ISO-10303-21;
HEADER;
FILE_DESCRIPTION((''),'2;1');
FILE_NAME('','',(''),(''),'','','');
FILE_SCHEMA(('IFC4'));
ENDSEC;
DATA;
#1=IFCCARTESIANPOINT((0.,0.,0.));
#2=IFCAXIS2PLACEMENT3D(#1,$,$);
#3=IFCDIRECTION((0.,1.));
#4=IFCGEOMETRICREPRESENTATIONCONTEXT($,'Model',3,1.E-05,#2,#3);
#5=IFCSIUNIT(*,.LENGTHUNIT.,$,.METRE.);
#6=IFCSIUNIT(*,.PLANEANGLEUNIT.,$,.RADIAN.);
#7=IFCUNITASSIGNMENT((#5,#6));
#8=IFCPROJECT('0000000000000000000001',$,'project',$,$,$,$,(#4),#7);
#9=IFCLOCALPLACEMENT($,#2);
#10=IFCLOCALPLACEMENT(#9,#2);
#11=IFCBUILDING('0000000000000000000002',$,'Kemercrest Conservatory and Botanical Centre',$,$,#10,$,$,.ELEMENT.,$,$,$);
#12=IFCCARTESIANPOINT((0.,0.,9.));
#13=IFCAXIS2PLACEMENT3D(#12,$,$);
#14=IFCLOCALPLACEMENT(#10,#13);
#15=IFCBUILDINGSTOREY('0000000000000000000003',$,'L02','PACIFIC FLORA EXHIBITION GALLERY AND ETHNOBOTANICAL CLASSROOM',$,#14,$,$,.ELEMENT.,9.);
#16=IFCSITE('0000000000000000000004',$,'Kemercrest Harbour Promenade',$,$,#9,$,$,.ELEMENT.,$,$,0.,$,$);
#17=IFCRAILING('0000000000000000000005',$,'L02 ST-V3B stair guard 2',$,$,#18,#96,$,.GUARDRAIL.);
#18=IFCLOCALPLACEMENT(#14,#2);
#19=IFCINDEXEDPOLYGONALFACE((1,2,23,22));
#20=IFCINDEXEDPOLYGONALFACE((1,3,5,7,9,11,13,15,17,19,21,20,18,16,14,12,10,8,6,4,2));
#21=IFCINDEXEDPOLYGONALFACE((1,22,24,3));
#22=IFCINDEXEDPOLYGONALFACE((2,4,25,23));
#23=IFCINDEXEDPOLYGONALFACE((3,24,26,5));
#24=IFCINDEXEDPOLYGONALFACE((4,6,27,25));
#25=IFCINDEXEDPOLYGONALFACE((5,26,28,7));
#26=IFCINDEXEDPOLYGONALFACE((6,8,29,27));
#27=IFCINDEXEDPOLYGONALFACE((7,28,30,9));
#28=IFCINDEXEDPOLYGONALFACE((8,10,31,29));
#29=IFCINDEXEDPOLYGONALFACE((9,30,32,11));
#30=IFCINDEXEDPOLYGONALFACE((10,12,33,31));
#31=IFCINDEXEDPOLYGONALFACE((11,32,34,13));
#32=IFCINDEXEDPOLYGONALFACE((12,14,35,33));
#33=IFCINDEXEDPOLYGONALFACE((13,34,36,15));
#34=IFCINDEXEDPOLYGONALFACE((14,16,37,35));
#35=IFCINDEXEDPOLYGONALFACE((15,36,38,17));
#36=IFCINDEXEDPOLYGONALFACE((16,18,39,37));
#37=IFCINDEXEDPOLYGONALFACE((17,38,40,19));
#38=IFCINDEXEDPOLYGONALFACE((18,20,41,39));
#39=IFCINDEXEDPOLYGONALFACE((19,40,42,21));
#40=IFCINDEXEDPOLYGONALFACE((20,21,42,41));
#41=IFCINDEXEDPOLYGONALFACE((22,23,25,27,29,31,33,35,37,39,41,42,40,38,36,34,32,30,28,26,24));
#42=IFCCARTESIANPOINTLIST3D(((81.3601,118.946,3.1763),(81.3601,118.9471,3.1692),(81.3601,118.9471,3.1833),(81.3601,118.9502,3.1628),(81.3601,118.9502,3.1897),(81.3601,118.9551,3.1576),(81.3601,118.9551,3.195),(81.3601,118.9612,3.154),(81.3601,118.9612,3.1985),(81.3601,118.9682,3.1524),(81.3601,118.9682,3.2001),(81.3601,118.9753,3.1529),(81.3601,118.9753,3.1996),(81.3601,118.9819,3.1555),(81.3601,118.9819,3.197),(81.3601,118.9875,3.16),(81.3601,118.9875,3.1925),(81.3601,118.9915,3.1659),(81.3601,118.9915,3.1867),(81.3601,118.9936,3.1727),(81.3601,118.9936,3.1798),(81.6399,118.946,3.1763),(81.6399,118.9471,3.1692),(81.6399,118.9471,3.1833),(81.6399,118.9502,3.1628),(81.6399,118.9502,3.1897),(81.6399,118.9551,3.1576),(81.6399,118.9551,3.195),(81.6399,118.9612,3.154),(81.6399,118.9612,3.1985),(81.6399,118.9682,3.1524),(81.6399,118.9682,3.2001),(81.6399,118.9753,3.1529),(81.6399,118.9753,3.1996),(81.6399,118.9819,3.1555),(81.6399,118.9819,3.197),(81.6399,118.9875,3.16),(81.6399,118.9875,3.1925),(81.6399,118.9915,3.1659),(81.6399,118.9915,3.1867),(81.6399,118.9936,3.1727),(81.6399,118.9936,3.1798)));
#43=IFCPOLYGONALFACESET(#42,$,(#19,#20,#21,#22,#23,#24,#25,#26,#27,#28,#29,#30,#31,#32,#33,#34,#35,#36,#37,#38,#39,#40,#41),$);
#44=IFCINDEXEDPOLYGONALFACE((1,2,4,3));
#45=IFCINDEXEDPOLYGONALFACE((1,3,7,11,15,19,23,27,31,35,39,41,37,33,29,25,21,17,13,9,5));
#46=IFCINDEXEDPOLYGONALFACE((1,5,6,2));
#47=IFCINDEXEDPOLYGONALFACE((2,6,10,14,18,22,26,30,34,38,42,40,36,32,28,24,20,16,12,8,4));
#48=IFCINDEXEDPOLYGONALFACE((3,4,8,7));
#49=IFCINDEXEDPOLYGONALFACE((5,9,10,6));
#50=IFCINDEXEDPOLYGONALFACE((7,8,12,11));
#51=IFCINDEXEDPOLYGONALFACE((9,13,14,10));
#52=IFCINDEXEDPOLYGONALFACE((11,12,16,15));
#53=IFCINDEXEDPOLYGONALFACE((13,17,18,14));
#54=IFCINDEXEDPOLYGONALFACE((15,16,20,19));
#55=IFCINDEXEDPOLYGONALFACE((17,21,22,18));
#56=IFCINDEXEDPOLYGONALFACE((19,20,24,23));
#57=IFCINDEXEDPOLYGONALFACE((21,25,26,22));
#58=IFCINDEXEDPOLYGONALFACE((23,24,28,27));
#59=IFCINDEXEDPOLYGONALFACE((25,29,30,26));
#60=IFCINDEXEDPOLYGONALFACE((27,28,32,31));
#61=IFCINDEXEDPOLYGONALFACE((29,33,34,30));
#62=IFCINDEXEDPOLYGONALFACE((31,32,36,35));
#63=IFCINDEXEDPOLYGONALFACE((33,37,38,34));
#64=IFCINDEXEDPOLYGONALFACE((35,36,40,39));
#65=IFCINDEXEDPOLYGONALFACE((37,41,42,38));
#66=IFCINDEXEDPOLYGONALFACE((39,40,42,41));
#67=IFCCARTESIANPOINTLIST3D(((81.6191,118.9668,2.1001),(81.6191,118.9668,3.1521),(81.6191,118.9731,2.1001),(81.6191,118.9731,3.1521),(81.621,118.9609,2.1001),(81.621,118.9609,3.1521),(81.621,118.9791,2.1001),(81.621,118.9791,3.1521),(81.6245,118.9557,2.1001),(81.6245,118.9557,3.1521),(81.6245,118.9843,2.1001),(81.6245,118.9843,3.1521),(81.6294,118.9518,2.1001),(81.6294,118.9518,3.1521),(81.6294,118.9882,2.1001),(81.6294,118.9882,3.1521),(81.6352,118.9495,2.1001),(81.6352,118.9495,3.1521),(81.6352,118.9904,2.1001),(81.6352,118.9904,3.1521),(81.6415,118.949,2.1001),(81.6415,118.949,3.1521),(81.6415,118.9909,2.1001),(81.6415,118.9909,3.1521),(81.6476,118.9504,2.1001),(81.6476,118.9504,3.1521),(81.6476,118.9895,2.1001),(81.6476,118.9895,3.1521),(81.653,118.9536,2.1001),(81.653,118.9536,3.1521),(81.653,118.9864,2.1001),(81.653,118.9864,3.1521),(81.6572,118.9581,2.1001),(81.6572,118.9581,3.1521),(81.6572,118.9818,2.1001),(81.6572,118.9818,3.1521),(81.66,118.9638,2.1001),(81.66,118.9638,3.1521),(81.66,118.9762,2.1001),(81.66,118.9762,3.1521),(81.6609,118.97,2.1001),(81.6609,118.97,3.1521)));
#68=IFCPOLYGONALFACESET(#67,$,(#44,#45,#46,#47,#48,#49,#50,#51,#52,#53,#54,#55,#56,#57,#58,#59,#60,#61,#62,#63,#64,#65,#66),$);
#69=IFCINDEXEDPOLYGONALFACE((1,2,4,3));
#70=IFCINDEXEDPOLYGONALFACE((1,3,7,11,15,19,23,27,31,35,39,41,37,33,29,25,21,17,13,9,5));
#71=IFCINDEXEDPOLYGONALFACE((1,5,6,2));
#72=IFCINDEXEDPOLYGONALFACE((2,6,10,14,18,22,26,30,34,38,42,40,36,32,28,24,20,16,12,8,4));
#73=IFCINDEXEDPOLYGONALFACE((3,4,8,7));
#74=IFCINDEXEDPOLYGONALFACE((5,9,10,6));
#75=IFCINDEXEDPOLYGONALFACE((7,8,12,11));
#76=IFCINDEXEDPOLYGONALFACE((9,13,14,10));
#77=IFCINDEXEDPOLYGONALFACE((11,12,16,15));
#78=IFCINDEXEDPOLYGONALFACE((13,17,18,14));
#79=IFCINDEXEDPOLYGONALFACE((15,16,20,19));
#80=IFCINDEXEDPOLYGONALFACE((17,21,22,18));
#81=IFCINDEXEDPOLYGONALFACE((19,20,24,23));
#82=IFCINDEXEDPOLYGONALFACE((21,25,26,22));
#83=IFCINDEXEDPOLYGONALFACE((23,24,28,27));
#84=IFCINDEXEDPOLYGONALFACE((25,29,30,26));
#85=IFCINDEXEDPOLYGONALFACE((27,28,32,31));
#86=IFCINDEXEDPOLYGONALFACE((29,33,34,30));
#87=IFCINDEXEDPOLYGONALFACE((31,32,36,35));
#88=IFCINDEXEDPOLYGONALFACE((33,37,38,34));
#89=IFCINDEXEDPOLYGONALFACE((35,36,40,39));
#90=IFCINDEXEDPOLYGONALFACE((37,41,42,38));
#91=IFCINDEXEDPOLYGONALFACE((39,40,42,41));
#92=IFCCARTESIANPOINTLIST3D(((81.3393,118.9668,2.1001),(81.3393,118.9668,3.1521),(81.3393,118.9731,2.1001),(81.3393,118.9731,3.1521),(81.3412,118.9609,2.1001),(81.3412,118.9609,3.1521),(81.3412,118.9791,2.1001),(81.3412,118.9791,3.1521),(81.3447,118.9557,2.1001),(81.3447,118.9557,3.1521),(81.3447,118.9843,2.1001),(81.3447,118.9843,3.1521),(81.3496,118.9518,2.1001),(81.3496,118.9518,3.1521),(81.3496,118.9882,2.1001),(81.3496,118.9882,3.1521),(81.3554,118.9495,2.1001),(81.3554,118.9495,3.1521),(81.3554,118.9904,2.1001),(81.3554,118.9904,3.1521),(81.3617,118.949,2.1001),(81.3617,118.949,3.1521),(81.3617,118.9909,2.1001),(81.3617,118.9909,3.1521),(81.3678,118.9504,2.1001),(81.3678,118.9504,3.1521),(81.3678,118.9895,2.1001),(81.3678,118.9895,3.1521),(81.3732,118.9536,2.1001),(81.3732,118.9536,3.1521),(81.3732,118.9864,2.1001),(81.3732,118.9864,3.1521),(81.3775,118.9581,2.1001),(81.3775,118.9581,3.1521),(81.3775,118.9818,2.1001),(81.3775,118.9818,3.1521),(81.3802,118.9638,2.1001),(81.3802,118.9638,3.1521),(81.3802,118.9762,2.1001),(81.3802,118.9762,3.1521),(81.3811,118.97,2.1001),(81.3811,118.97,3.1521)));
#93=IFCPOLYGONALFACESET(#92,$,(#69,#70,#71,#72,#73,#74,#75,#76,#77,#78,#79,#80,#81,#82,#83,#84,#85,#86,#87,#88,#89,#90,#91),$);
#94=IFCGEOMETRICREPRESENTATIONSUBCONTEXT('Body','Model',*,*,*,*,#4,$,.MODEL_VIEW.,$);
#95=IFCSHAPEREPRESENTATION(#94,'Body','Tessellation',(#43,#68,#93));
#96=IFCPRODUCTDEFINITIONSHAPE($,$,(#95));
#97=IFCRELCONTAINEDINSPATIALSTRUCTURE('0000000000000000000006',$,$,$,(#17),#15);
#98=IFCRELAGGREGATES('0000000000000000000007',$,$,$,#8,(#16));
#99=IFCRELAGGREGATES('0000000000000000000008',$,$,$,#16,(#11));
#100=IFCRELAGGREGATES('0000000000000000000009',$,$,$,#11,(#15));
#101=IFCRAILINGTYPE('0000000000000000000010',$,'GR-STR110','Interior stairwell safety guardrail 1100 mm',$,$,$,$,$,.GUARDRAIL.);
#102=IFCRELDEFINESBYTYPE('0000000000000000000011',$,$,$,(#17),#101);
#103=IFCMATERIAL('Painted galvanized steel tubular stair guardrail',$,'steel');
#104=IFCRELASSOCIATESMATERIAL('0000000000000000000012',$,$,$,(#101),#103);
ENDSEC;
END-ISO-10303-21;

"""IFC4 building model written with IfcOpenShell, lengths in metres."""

from ifc_helpers import new_model, si_unit, direction, frame, origin, origin_2d, place, context, subcontext, project, spatial, circle, extrude, material, type_object, element, save


model = new_model("IFC4")

# Units and contexts
model_context = context("Model", 3, precision=1e-05, world=origin(), true_north=direction((0.0, 1.0)))
body_context = subcontext(model_context, "Body", "Model", "MODEL_VIEW")
ifc_project = project(units=[si_unit("LENGTHUNIT", "METRE"), si_unit("PLANEANGLEUNIT", "RADIAN")], contexts=[model_context])

# Site, building, storey
site_placement = place(None, origin())
site = spatial("IfcSite", under=ifc_project, at=site_placement, Name="Kemercrest Harbour Promenade", CompositionType="ELEMENT", RefElevation=0.0)
building_placement = place(site_placement, origin())
building = spatial("IfcBuilding", under=site, at=building_placement, Name="Kemercrest Conservatory and Botanical Centre", CompositionType="ELEMENT")
storey_placement = place(building_placement, frame((0.0, 0.0, 9.0)))
storey = spatial("IfcBuildingStorey", under=building, at=storey_placement, Name="L02", Description="PACIFIC FLORA EXHIBITION GALLERY AND ETHNOBOTANICAL CLASSROOM", CompositionType="ELEMENT", Elevation=9.0)

# Railing
ifc_material_1 = material(Name="Painted galvanized steel tubular stair guardrail", Category="steel")
railing_type_1 = type_object("IfcRailingType", Name="GR-STR110", Description="Interior stairwell safety guardrail 1100 mm", PredefinedType="GUARDRAIL", material=ifc_material_1)
railing_1_placement = place(storey_placement, frame((81.6399, 118.97, 2.1001)))
element("IfcRailing", 1, at=railing_1_placement, inside=storey, type_object=railing_type_1, Name="L02 ST-V3B stair guard 2", PredefinedType="GUARDRAIL", context=body_context, shape_type="SweptSolid", body=[
    extrude(circle(Radius=0.0239, at=origin_2d()), frame((0.0, 0.0, 1.0762), z_axis=(-1.0, 0.0, 0.0), x_axis=(0.0, -1.0, 0.0)), (0.0, 0.0, 1.0), 0.2798),
    extrude(circle(Radius=0.021, at=origin_2d()), origin(), (0.0, 0.0, 1.0), 1.052),
    extrude(circle(Radius=0.021, at=origin_2d()), frame((-0.2798, 0.0, 0.0)), (0.0, 0.0, 1.0), 1.052),
])

save(model, "model.ifc")
